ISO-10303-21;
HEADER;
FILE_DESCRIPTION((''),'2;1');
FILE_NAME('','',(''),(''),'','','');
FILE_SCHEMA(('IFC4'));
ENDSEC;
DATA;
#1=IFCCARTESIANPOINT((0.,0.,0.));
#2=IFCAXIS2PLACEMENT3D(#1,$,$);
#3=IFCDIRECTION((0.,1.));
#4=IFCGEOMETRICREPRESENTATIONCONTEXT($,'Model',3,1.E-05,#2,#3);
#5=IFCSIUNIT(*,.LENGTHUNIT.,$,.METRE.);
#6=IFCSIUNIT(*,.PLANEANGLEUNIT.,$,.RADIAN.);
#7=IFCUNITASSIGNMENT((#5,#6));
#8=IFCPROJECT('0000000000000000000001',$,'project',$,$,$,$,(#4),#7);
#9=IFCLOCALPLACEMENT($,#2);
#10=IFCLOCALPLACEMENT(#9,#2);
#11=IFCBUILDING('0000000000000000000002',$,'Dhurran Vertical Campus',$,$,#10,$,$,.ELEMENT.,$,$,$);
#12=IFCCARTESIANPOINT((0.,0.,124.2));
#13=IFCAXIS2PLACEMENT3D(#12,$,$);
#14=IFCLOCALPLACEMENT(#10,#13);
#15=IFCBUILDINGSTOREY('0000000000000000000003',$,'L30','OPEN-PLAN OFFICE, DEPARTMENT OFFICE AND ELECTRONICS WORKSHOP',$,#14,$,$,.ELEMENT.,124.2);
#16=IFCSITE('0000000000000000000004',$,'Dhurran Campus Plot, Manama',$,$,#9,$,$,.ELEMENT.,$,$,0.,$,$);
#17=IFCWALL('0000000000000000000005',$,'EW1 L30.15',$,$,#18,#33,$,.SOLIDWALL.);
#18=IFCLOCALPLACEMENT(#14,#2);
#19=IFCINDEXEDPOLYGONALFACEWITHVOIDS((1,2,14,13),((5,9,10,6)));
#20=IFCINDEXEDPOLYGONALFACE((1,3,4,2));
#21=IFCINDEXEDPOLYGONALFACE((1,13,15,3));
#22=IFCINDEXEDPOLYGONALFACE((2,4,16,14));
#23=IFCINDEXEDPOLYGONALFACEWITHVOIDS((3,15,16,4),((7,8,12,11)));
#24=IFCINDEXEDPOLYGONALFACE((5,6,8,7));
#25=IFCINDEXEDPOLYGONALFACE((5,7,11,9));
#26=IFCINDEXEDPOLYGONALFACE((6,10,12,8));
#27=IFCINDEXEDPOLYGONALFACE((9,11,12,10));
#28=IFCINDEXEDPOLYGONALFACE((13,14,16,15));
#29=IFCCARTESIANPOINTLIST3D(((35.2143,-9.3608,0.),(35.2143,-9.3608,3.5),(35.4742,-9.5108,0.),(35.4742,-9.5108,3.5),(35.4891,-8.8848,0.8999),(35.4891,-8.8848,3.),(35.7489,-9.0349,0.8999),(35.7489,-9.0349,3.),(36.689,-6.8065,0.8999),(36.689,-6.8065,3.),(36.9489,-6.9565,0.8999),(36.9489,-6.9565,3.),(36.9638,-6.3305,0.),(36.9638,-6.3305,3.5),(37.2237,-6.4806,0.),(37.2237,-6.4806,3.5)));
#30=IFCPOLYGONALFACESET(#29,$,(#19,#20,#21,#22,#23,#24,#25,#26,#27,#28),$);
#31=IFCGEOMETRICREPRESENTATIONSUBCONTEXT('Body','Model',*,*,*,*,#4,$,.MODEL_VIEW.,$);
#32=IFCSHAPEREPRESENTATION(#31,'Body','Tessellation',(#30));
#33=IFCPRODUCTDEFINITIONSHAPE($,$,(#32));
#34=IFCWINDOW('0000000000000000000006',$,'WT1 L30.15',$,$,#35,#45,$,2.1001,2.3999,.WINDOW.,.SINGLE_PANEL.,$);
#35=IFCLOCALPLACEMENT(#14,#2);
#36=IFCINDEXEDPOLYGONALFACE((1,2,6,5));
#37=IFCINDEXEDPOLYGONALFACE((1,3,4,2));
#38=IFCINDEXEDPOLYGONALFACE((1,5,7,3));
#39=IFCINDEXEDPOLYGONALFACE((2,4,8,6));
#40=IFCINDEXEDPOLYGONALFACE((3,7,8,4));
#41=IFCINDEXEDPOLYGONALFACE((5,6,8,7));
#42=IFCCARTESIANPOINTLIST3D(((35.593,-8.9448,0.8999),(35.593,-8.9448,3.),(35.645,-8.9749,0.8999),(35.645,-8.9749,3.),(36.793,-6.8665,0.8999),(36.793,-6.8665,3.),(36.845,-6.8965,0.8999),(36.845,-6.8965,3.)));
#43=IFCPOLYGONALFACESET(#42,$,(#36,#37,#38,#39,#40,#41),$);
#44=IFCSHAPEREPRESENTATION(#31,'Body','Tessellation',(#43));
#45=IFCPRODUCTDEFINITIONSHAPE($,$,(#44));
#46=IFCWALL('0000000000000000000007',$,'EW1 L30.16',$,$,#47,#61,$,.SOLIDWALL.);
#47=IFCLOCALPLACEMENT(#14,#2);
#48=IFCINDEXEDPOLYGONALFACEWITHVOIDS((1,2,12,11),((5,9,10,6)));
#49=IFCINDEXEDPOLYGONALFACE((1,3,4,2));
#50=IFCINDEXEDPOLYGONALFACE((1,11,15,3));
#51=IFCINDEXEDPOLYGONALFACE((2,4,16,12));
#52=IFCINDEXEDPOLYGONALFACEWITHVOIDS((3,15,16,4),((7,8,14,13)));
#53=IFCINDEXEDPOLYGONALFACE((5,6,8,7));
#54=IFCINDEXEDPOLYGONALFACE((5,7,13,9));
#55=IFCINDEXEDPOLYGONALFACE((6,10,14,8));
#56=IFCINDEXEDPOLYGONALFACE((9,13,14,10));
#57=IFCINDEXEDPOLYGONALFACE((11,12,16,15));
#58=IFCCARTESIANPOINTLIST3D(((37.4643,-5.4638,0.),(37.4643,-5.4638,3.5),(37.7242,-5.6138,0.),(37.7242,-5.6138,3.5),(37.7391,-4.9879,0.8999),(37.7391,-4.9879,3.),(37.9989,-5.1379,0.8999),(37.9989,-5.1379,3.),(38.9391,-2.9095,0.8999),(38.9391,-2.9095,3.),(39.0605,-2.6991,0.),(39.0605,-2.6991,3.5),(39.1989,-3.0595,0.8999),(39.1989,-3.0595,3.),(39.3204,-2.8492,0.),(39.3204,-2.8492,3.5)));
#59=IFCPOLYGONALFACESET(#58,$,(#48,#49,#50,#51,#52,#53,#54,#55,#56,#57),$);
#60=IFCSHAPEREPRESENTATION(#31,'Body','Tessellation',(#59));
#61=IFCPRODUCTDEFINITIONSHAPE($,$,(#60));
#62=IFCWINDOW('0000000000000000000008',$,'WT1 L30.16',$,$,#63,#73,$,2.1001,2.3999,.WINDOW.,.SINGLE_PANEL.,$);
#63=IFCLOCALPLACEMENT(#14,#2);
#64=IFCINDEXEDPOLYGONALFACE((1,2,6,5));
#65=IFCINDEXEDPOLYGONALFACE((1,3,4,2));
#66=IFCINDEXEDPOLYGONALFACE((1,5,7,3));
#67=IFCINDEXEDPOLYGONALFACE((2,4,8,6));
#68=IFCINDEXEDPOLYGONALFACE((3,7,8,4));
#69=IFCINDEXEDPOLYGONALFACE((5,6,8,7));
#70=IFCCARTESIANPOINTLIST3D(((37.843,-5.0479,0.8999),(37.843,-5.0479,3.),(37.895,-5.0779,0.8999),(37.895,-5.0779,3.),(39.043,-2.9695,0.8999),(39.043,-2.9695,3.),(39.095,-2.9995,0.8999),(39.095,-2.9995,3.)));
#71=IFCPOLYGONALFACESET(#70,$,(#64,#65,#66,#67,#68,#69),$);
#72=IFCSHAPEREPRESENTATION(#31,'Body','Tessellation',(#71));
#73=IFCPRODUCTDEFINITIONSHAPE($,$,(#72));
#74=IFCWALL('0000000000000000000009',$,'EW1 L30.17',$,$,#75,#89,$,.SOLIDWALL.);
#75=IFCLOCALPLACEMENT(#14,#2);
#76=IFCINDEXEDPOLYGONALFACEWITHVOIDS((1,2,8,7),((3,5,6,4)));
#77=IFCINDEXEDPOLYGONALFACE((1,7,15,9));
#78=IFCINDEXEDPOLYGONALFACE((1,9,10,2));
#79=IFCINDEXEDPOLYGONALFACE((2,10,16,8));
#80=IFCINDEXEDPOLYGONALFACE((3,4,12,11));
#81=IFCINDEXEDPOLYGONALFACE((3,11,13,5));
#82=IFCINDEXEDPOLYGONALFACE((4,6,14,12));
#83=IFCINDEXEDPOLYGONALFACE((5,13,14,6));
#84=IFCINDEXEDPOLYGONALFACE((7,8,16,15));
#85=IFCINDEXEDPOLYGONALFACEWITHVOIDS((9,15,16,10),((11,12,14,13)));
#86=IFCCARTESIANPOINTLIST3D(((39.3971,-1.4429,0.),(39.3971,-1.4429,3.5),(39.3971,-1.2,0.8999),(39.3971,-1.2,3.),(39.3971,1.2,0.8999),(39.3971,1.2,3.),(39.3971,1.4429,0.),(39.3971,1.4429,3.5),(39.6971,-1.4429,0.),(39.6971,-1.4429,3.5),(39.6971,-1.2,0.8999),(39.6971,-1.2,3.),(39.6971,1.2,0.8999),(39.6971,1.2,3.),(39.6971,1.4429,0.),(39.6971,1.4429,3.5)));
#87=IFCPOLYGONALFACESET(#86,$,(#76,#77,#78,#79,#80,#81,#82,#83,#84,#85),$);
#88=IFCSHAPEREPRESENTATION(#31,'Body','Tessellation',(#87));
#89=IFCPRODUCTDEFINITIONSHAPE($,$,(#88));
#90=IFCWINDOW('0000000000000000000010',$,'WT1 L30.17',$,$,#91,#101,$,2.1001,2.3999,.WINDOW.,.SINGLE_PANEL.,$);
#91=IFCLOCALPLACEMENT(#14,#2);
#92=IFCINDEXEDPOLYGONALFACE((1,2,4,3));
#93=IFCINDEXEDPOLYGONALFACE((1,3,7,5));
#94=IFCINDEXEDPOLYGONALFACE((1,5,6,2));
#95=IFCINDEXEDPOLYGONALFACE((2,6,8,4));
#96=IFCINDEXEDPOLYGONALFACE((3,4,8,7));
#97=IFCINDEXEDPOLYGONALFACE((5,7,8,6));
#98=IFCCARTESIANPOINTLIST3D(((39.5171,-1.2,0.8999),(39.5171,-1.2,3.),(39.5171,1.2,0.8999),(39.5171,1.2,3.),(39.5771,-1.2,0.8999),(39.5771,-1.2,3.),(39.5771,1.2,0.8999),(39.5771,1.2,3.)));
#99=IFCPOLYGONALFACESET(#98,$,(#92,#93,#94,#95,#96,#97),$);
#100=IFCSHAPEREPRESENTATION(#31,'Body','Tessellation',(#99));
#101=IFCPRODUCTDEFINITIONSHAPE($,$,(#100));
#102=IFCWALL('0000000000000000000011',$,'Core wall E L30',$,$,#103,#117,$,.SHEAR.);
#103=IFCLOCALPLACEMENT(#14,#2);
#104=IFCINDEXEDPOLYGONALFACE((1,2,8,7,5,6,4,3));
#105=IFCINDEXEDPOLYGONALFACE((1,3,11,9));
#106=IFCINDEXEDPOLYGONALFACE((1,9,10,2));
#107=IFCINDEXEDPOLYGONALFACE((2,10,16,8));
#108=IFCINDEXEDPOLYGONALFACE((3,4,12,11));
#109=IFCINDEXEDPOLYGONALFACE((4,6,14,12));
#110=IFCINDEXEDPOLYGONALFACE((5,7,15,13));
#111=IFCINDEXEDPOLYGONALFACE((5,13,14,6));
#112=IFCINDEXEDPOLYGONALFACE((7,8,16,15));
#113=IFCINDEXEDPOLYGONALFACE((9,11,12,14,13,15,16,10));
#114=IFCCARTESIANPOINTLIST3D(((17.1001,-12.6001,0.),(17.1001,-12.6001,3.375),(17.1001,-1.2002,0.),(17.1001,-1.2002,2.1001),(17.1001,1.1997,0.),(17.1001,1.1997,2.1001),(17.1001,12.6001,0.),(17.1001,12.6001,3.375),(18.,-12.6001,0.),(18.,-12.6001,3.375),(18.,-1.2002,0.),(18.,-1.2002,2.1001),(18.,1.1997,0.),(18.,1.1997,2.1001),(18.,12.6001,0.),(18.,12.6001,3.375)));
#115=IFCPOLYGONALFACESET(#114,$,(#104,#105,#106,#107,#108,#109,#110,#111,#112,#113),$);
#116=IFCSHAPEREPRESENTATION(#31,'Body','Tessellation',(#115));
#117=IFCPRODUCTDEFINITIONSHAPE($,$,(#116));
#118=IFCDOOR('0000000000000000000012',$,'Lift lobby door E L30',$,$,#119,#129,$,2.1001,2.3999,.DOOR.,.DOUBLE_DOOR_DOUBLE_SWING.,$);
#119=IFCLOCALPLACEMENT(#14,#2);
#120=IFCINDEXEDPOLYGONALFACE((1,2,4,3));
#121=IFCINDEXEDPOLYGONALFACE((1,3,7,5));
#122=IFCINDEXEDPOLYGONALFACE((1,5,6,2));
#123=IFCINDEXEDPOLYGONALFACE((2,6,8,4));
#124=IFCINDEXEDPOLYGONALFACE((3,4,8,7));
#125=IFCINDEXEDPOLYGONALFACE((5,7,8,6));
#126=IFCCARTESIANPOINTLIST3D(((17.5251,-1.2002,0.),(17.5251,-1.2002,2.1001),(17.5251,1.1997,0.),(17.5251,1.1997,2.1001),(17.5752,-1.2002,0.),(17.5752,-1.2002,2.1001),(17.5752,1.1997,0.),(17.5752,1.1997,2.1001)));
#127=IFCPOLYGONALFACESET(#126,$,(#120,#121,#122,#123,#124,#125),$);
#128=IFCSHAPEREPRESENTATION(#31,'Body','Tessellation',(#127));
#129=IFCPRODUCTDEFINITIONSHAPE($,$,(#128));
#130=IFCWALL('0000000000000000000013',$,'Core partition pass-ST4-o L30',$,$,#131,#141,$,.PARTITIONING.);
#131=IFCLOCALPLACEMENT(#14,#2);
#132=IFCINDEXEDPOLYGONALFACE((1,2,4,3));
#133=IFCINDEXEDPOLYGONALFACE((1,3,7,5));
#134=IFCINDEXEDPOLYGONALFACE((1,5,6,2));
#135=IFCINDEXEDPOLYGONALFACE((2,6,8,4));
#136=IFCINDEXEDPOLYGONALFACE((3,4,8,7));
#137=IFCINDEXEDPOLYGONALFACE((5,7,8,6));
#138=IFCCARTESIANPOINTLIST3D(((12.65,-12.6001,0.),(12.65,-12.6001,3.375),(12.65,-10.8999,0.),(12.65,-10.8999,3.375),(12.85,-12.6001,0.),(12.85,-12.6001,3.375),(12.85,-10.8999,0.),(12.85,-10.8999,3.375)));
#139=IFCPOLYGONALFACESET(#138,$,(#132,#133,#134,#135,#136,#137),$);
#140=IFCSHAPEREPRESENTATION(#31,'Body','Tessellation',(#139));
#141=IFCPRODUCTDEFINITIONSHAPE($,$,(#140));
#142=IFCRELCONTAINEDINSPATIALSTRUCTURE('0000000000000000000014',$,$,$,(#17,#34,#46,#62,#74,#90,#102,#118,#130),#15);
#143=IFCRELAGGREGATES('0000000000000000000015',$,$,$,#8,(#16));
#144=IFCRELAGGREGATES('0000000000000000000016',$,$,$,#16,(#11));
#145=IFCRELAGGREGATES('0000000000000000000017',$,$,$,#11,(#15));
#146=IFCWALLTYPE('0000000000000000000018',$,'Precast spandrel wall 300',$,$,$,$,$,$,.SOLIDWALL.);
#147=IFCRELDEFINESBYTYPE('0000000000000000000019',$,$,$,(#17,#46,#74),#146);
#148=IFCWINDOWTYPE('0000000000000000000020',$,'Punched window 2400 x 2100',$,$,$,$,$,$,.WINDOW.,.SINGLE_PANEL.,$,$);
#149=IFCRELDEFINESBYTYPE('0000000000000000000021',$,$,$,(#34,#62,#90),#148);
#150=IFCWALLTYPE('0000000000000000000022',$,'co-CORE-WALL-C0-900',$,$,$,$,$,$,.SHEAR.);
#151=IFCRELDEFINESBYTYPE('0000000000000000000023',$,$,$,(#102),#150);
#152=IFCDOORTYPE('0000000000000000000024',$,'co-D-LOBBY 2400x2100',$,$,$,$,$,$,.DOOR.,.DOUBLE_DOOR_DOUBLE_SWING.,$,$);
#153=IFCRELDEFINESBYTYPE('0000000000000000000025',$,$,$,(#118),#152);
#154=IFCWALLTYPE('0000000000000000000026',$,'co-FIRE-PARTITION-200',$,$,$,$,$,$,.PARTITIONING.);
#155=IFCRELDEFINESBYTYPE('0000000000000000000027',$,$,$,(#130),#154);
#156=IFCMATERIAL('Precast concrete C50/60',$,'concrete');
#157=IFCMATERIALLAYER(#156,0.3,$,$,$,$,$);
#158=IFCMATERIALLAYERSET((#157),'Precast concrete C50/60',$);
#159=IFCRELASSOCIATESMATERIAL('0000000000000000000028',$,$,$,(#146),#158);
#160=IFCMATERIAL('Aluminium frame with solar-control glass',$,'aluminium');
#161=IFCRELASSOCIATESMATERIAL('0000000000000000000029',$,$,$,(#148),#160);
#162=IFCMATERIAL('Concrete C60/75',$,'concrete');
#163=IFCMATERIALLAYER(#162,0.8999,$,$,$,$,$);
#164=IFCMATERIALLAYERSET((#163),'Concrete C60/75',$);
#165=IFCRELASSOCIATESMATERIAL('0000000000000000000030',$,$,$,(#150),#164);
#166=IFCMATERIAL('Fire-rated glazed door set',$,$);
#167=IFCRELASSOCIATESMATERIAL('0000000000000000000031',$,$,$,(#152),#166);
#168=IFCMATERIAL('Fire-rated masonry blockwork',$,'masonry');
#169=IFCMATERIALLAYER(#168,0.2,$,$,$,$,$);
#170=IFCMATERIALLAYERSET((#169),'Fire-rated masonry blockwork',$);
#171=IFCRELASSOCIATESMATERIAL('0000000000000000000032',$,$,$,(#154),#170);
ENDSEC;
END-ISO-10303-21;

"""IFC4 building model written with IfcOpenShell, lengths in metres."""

from ifc_helpers import new_model, si_unit, direction, frame, frame_2d, origin, place, context, subcontext, project, spatial, rectangle, extrude, material, layer, layer_set, type_object, element, fill, save


model = new_model("IFC4")

# Units and contexts
model_context = context("Model", 3, precision=1e-05, world=origin(), true_north=direction((0.0, 1.0)))
body_context = subcontext(model_context, "Body", "Model", "MODEL_VIEW")
ifc_project = project(units=[si_unit("LENGTHUNIT", "METRE"), si_unit("PLANEANGLEUNIT", "RADIAN")], contexts=[model_context])

# Site, building, storey
site_placement = place(None, origin())
site = spatial("IfcSite", under=ifc_project, at=site_placement, Name="Dhurran Campus Plot, Manama", CompositionType="ELEMENT", RefElevation=0.0)
building_placement = place(site_placement, origin())
building = spatial("IfcBuilding", under=site, at=building_placement, Name="Dhurran Vertical Campus", CompositionType="ELEMENT")
storey_placement = place(building_placement, frame((0.0, 0.0, 124.2)))
storey = spatial("IfcBuildingStorey", under=building, at=storey_placement, Name="L30", Description="OPEN-PLAN OFFICE, DEPARTMENT OFFICE AND ELECTRONICS WORKSHOP", CompositionType="ELEMENT", Elevation=124.2)

# Walls, openings, windows
ifc_material_1 = material(Name="Precast concrete C50/60", Category="concrete")
ifc_layer_1 = layer(ifc_material_1, 0.3)
ifc_layer_set_1 = layer_set([ifc_layer_1], Name="Precast concrete C50/60")
wall_type_1 = type_object("IfcWallType", Name="Precast spandrel wall 300", PredefinedType="SOLIDWALL", material=ifc_layer_set_1)
ifc_material_2 = material(Name="Aluminium frame with solar-control glass", Category="aluminium")
window_type = type_object("IfcWindowType", Name="Punched window 2400 x 2100", PartitioningType="SINGLE_PANEL", PredefinedType="WINDOW", material=ifc_material_2)
wall_1_placement = place(storey_placement, frame((35.3442, -9.4358, 0.0), z_axis=(0.0, 0.0, 1.0), x_axis=(0.499996, 0.866028, 0.0)))
wall_1 = element("IfcWall", 1, at=wall_1_placement, inside=storey, type_object=wall_type_1, Name="EW1 L30.15", PredefinedType="SOLIDWALL", context=body_context, shape_type="SweptSolid", body=[
    extrude(rectangle(XDim=3.499, YDim=0.3, at=frame_2d((1.7495, 0.0))), origin(), (0.0, 0.0, 1.0), 3.5),
])
opening_1_placement = place(wall_1_placement, frame((0.5496, 0.0, 0.8999)))
opening_1 = element("IfcOpeningElement", 2, at=opening_1_placement, cuts=wall_1, PredefinedType="OPENING", context=body_context, shape_type="SweptSolid", body=[
    extrude(rectangle(XDim=2.3999, YDim=2.1001, at=frame_2d((1.2, 1.05))), frame((0.0, 0.1599, 0.0), z_axis=(0.0, -1.0, 0.0), x_axis=(1.0, 0.0, 0.0)), (0.0, 0.0, 1.0), 0.3201),
])
window_1_placement = place(opening_1_placement, origin())
window_1 = element("IfcWindow", 3, at=window_1_placement, inside=storey, type_object=window_type, Name="WT1 L30.15", OverallHeight=2.1001, OverallWidth=2.3999, PartitioningType="SINGLE_PANEL", PredefinedType="WINDOW", context=body_context, shape_type="SweptSolid", body=[
    extrude(rectangle(XDim=2.3999, YDim=2.1001, at=frame_2d((1.2, 1.05))), frame((0.0, 0.03, 0.0), z_axis=(0.0, -1.0, 0.0), x_axis=(1.0, 0.0, 0.0)), (0.0, 0.0, 1.0), 0.0601),
])
fill(opening_1, window_1)
wall_2_placement = place(storey_placement, frame((37.5942, -5.5388, 0.0), z_axis=(0.0, 0.0, 1.0), x_axis=(0.500005, 0.866023, 0.0)))
wall_2 = element("IfcWall", 4, at=wall_2_placement, inside=storey, type_object=wall_type_1, Name="EW1 L30.16", PredefinedType="SOLIDWALL", context=body_context, shape_type="SweptSolid", body=[
    extrude(rectangle(XDim=3.1924, YDim=0.3, at=frame_2d((1.5962, 0.0))), origin(), (0.0, 0.0, 1.0), 3.5),
])
opening_2_placement = place(wall_2_placement, frame((0.5496, 0.0, 0.8999)))
opening_2 = element("IfcOpeningElement", 5, at=opening_2_placement, cuts=wall_2, PredefinedType="OPENING", context=body_context, shape_type="SweptSolid", body=[
    extrude(rectangle(XDim=2.3999, YDim=2.1001, at=frame_2d((1.2, 1.05))), frame((0.0, 0.1599, 0.0), z_axis=(0.0, -1.0, 0.0), x_axis=(1.0, 0.0, 0.0)), (0.0, 0.0, 1.0), 0.3201),
])
window_2_placement = place(opening_2_placement, origin())
window_2 = element("IfcWindow", 6, at=window_2_placement, inside=storey, type_object=window_type, Name="WT1 L30.16", OverallHeight=2.1001, OverallWidth=2.3999, PartitioningType="SINGLE_PANEL", PredefinedType="WINDOW", context=body_context, shape_type="SweptSolid", body=[
    extrude(rectangle(XDim=2.3999, YDim=2.1001, at=frame_2d((1.2, 1.05))), frame((0.0, 0.03, 0.0), z_axis=(0.0, -1.0, 0.0), x_axis=(1.0, 0.0, 0.0)), (0.0, 0.0, 1.0), 0.0601),
])
fill(opening_2, window_2)
wall_3_placement = place(storey_placement, frame((39.5471, -1.4429, 0.0), z_axis=(0.0, 0.0, 1.0), x_axis=(0.0, 1.0, 0.0)))
wall_3 = element("IfcWall", 7, at=wall_3_placement, inside=storey, type_object=wall_type_1, Name="EW1 L30.17", PredefinedType="SOLIDWALL", context=body_context, shape_type="SweptSolid", body=[
    extrude(rectangle(XDim=2.8857, YDim=0.3, at=frame_2d((1.4429, 0.0))), origin(), (0.0, 0.0, 1.0), 3.5),
])
opening_3_placement = place(wall_3_placement, frame((0.2429, 0.0, 0.8999)))
opening_3 = element("IfcOpeningElement", 8, at=opening_3_placement, cuts=wall_3, PredefinedType="OPENING", context=body_context, shape_type="SweptSolid", body=[
    extrude(rectangle(XDim=2.3999, YDim=2.1001, at=frame_2d((1.2, 1.05))), frame((0.0, 0.1599, 0.0), z_axis=(0.0, -1.0, 0.0), x_axis=(1.0, 0.0, 0.0)), (0.0, 0.0, 1.0), 0.3201),
])
window_3_placement = place(opening_3_placement, origin())
window_3 = element("IfcWindow", 9, at=window_3_placement, inside=storey, type_object=window_type, Name="WT1 L30.17", OverallHeight=2.1001, OverallWidth=2.3999, PartitioningType="SINGLE_PANEL", PredefinedType="WINDOW", context=body_context, shape_type="SweptSolid", body=[
    extrude(rectangle(XDim=2.3999, YDim=2.1001, at=frame_2d((1.2, 1.05))), frame((0.0, 0.03, 0.0), z_axis=(0.0, -1.0, 0.0), x_axis=(1.0, 0.0, 0.0)), (0.0, 0.0, 1.0), 0.0601),
])
fill(opening_3, window_3)

# Wall, opening, door
ifc_material_3 = material(Name="Concrete C60/75", Category="concrete")
ifc_layer_2 = layer(ifc_material_3, 0.8999)
ifc_layer_set_2 = layer_set([ifc_layer_2], Name="Concrete C60/75")
wall_type_2 = type_object("IfcWallType", Name="co-CORE-WALL-C0-900", PredefinedType="SHEAR", material=ifc_layer_set_2)
wall_4_placement = place(storey_placement, frame((17.55, -12.6001, 0.0), z_axis=(0.0, 0.0, 1.0), x_axis=(0.0, 1.0, 0.0)))
wall_4 = element("IfcWall", 10, at=wall_4_placement, inside=storey, type_object=wall_type_2, Name="Core wall E L30", PredefinedType="SHEAR", context=body_context, shape_type="SweptSolid", body=[
    extrude(rectangle(XDim=25.2002, YDim=0.8999, at=frame_2d((12.6001, 0.0))), origin(), (0.0, 0.0, 1.0), 3.375),
])
opening_4_placement = place(wall_4_placement, frame((11.3999, 0.0, 0.0)))
opening_4 = element("IfcOpeningElement", 11, at=opening_4_placement, cuts=wall_4, PredefinedType="OPENING", context=body_context, shape_type="SweptSolid", body=[
    extrude(rectangle(XDim=2.3999, YDim=2.1001, at=frame_2d((1.2, 1.05))), frame((0.0, 0.46, 0.0), z_axis=(0.0, -1.0, 0.0), x_axis=(1.0, 0.0, 0.0)), (0.0, 0.0, 1.0), 0.9199),
])
ifc_material_4 = material(Name="Fire-rated glazed door set")
door_type_1 = type_object("IfcDoorType", Name="co-D-LOBBY 2400x2100", OperationType="DOUBLE_DOOR_DOUBLE_SWING", PredefinedType="DOOR", material=ifc_material_4)
door_1_placement = place(opening_4_placement, origin())
door_1 = element("IfcDoor", 12, at=door_1_placement, inside=storey, type_object=door_type_1, Name="Lift lobby door E L30", OperationType="DOUBLE_DOOR_DOUBLE_SWING", OverallHeight=2.1001, OverallWidth=2.3999, PredefinedType="DOOR", context=body_context, shape_type="SweptSolid", body=[
    extrude(rectangle(XDim=2.3999, YDim=2.1001, at=frame_2d((1.2, 1.05))), frame((0.0, 0.0249, 0.0), z_axis=(0.0, -1.0, 0.0), x_axis=(1.0, 0.0, 0.0)), (0.0, 0.0, 1.0), 0.05),
])
fill(opening_4, door_1)

# Wall
ifc_material_5 = material(Name="Fire-rated masonry blockwork", Category="masonry")
ifc_layer_3 = layer(ifc_material_5, 0.2)
ifc_layer_set_3 = layer_set([ifc_layer_3], Name="Fire-rated masonry blockwork")
wall_type_3 = type_object("IfcWallType", Name="co-FIRE-PARTITION-200", PredefinedType="PARTITIONING", material=ifc_layer_set_3)
wall_5_placement = place(storey_placement, frame((12.75, -12.6001, 0.0), z_axis=(0.0, 0.0, 1.0), x_axis=(0.0, 1.0, 0.0)))
element("IfcWall", 13, at=wall_5_placement, inside=storey, type_object=wall_type_3, Name="Core partition pass-ST4-o L30", PredefinedType="PARTITIONING", context=body_context, shape_type="SweptSolid", body=[
    extrude(rectangle(XDim=1.7002, YDim=0.2, at=frame_2d((0.8501, 0.0))), origin(), (0.0, 0.0, 1.0), 3.375),
])

save(model, "model.ifc")
